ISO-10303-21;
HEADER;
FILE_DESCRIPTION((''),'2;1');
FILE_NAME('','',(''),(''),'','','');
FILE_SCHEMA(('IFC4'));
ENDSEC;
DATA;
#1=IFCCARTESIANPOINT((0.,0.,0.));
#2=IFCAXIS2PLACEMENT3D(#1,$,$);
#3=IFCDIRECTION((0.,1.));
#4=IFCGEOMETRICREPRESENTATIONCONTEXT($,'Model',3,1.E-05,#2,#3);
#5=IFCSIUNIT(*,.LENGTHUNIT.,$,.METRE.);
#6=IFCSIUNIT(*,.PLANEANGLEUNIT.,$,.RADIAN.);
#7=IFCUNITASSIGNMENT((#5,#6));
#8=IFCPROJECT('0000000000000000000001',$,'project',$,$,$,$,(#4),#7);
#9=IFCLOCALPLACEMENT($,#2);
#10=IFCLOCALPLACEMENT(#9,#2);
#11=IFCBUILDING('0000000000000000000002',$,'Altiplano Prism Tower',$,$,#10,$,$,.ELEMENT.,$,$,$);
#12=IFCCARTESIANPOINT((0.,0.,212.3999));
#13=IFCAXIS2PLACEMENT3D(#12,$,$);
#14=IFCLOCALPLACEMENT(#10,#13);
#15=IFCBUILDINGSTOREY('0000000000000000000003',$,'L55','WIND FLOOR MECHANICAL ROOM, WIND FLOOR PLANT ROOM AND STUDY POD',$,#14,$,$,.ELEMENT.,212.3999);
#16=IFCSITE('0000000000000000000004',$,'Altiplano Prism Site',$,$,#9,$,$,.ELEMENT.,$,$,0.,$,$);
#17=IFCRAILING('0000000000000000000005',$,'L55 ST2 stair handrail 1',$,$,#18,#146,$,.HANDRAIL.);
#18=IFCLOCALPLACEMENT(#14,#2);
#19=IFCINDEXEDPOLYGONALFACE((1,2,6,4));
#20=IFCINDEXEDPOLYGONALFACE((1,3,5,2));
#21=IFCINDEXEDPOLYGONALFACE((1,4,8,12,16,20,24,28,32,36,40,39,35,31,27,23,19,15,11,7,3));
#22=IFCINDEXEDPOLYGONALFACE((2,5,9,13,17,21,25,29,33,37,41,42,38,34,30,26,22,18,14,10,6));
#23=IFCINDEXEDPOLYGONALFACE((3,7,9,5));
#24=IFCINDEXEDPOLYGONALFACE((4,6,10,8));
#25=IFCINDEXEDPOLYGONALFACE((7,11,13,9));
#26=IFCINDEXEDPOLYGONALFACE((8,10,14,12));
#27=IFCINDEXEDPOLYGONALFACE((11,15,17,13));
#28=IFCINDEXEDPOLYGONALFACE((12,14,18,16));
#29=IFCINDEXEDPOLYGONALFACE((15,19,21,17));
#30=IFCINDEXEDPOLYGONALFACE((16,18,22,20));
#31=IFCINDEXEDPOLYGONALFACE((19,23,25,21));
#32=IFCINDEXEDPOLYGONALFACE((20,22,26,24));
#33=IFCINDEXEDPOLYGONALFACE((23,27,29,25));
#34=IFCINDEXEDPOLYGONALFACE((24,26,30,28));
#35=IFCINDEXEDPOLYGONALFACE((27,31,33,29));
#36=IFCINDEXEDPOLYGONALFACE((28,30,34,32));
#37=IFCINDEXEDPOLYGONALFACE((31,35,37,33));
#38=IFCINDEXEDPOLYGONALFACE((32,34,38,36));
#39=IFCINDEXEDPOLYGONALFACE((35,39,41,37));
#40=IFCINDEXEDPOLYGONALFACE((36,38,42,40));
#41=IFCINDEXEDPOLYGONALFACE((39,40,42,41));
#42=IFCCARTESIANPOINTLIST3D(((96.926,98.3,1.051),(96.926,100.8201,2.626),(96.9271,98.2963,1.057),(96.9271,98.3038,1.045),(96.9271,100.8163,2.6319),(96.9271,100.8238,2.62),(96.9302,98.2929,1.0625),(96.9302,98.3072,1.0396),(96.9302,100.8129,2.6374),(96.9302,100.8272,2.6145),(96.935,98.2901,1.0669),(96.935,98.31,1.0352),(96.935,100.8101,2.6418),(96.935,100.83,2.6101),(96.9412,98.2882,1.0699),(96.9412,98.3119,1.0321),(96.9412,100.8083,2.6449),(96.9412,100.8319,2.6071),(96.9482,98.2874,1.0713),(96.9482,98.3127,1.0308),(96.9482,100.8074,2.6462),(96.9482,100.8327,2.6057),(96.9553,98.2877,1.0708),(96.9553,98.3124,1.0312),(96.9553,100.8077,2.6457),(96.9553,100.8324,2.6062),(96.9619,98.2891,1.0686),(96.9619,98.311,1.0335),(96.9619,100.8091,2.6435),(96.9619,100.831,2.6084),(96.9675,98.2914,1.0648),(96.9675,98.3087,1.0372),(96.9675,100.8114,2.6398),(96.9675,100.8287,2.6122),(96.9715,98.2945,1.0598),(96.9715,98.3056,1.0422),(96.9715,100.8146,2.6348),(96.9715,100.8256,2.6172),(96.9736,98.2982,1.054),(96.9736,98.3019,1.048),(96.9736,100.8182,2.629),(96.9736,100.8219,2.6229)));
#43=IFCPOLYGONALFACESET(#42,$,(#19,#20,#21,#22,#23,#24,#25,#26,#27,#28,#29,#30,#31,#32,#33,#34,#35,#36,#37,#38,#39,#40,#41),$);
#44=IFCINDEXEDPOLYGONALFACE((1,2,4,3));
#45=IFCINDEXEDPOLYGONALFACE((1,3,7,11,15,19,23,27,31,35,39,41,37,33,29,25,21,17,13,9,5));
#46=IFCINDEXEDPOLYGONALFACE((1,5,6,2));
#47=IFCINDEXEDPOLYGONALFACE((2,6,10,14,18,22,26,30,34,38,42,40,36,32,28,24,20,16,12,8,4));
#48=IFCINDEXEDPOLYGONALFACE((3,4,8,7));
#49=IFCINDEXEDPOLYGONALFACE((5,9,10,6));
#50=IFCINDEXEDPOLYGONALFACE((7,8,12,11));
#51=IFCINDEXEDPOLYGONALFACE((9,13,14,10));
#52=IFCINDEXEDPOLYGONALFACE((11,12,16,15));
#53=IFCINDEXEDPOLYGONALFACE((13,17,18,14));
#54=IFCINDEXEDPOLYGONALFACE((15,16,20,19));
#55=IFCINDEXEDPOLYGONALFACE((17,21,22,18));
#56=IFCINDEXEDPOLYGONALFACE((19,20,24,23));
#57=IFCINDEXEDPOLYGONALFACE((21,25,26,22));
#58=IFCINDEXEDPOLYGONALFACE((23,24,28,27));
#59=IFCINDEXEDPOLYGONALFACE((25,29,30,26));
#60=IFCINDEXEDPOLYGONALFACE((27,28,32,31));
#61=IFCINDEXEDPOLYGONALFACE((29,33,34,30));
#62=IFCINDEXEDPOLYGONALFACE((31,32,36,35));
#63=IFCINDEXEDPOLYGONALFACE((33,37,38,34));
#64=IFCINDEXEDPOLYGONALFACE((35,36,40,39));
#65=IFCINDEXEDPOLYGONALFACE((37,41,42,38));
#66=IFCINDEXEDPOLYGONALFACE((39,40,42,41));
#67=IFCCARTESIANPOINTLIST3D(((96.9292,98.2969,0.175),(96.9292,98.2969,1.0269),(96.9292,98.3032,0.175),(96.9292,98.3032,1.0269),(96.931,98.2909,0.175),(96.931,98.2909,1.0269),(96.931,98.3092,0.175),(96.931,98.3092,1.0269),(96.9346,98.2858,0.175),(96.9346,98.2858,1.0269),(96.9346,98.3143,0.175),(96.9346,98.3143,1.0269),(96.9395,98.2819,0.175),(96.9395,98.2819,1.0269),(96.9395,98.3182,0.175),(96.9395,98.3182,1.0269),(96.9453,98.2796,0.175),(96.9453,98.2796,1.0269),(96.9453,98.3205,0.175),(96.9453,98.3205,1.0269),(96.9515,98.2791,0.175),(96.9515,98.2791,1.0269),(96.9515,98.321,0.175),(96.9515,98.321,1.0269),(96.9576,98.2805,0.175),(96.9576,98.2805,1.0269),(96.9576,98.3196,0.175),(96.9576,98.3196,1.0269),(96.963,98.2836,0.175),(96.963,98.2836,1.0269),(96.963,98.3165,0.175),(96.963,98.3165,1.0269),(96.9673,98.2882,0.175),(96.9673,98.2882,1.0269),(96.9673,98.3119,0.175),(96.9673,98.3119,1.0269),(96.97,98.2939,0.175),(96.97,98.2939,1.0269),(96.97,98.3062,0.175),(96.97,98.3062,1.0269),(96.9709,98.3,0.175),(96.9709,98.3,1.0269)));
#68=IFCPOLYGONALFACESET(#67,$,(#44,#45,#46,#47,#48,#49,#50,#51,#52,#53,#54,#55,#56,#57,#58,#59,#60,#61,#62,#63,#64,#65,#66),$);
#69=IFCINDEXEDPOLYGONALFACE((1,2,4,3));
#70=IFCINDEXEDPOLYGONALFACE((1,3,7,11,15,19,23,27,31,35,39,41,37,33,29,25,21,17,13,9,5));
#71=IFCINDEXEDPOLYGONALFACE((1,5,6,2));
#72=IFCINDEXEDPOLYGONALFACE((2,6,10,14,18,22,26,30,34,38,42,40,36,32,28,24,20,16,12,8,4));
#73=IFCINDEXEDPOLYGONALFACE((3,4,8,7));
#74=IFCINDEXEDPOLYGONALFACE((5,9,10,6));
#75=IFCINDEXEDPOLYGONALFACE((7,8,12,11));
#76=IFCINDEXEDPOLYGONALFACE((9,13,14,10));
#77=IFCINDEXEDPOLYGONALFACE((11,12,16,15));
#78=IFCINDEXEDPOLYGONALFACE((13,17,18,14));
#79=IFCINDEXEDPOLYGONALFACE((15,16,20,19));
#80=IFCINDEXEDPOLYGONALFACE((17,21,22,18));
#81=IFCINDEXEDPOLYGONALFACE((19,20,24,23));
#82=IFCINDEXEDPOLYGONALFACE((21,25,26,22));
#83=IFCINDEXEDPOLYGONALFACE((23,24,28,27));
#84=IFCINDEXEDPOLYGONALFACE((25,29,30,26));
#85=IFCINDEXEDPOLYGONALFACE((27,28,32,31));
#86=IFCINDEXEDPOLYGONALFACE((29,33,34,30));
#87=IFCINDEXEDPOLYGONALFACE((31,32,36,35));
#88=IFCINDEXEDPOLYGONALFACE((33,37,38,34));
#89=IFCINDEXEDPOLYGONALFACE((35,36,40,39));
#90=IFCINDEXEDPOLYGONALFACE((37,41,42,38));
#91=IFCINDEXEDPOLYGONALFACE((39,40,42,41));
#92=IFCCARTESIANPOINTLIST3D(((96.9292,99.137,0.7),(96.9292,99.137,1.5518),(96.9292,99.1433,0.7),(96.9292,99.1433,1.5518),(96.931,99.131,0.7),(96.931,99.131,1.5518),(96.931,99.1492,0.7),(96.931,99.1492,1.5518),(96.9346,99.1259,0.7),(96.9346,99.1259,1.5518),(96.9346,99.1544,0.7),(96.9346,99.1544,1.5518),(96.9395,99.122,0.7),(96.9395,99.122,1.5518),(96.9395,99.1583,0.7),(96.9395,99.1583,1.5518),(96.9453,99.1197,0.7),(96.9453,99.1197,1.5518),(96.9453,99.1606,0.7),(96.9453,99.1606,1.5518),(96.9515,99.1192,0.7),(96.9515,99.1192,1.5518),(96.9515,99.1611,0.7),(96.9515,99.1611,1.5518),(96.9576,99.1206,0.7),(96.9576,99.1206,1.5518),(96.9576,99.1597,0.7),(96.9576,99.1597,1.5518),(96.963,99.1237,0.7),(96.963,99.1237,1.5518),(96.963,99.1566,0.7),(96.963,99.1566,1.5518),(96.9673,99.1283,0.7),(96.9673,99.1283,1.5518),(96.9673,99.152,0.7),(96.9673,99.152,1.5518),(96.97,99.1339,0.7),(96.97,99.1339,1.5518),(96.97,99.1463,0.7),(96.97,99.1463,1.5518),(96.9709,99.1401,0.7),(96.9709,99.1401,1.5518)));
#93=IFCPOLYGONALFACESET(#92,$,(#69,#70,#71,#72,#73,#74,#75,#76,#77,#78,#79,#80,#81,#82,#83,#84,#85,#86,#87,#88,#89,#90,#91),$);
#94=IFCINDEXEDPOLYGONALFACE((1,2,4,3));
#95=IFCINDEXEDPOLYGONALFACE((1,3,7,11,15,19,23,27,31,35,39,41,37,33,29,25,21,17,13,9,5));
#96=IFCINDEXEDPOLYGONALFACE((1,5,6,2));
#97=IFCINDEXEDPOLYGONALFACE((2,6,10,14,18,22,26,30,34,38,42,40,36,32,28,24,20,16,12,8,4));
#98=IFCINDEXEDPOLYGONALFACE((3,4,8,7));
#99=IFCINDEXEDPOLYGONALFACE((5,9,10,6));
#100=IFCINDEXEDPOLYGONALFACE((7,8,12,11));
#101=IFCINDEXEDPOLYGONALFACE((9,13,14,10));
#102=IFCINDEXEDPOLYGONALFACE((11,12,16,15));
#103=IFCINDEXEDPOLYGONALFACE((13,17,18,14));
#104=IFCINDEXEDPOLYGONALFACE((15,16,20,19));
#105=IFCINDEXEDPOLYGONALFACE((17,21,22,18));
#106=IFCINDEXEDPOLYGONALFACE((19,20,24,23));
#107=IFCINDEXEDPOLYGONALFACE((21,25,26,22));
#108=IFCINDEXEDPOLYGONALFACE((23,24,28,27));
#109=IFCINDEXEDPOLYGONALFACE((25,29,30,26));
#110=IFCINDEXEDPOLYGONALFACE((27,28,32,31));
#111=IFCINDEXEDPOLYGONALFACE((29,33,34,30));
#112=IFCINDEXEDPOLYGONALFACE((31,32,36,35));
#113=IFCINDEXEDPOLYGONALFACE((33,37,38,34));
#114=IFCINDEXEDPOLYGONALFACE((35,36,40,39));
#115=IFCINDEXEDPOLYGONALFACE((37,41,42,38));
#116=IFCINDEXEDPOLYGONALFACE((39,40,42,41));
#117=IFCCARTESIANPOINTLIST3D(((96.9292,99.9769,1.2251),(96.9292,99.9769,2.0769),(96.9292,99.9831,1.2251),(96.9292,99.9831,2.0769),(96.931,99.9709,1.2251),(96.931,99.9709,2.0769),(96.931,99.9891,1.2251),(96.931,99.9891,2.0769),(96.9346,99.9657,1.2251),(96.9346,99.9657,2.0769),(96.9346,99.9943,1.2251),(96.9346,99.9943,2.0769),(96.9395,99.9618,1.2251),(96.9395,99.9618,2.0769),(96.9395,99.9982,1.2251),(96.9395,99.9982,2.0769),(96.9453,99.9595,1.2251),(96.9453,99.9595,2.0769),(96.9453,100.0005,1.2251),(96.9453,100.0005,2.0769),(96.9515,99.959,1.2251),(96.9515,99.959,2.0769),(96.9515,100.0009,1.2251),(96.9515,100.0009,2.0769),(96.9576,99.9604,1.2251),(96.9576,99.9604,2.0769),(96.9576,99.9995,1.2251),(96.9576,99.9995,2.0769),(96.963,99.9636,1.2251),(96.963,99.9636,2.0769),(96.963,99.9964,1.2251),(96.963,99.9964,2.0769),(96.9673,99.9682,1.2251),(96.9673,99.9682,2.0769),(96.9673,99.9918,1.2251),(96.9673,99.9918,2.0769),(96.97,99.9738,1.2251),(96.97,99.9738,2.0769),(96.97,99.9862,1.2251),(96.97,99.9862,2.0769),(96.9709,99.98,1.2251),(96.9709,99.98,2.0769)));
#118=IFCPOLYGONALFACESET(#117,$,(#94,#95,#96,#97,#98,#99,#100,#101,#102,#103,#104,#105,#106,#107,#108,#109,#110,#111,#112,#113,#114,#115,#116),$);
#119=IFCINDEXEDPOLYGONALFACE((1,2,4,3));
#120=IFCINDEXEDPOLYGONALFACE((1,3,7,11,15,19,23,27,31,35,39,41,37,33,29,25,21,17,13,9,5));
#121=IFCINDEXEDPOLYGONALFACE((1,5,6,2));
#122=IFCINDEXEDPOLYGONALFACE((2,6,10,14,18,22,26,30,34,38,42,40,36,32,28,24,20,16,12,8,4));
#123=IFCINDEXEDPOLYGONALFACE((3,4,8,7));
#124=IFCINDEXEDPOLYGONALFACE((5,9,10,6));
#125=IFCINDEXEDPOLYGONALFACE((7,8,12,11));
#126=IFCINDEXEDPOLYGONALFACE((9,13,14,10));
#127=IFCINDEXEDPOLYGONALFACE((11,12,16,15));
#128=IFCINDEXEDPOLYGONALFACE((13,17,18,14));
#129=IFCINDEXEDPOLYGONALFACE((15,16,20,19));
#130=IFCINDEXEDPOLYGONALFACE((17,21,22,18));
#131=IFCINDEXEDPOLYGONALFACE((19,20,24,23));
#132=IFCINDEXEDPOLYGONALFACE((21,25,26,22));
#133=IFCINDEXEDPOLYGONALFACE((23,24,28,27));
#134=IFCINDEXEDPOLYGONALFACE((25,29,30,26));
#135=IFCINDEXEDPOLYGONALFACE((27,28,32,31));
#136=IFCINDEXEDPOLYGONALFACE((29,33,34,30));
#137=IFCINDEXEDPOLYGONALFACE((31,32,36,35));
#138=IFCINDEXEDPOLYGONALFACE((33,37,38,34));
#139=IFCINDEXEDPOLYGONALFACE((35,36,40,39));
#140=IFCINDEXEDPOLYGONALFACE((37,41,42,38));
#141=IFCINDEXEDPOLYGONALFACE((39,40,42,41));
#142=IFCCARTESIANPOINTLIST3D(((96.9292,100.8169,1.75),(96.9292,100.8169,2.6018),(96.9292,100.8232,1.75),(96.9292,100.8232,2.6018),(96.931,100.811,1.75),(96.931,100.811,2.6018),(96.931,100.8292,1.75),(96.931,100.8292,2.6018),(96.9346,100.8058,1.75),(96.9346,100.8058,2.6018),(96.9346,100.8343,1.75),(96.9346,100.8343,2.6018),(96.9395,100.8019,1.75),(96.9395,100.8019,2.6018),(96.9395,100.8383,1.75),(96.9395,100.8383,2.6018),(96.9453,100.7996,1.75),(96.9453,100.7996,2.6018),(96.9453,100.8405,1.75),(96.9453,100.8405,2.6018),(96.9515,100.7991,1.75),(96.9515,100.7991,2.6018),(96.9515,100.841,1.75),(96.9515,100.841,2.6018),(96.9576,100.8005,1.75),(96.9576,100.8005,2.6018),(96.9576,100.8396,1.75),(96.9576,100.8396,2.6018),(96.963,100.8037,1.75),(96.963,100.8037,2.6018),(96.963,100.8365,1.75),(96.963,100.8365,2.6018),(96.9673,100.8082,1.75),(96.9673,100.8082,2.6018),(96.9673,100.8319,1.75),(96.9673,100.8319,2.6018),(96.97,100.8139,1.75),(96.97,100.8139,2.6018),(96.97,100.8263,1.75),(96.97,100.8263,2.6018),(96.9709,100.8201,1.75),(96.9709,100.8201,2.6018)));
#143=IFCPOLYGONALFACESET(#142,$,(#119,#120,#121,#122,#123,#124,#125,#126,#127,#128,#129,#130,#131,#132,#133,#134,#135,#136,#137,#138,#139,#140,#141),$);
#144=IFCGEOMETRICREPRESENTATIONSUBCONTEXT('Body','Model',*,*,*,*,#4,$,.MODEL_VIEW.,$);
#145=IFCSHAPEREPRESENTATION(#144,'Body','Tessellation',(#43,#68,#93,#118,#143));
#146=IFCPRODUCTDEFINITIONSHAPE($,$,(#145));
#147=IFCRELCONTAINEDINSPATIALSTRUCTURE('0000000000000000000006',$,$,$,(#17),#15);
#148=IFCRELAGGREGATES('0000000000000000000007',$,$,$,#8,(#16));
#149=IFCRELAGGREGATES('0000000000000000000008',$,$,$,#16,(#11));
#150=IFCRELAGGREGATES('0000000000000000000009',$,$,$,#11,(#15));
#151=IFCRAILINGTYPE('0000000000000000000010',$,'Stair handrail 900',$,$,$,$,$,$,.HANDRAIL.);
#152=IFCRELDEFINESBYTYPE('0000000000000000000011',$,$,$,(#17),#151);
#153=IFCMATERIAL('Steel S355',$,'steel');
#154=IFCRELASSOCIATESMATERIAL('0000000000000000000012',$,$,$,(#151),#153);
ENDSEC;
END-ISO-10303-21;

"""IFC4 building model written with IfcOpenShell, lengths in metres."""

from ifc_helpers import new_model, si_unit, direction, frame, origin, origin_2d, place, context, subcontext, project, spatial, circle, extrude, material, type_object, element, save


model = new_model("IFC4")

# Units and contexts
model_context = context("Model", 3, precision=1e-05, world=origin(), true_north=direction((0.0, 1.0)))
body_context = subcontext(model_context, "Body", "Model", "MODEL_VIEW")
ifc_project = project(units=[si_unit("LENGTHUNIT", "METRE"), si_unit("PLANEANGLEUNIT", "RADIAN")], contexts=[model_context])

# Site, building, storey
site_placement = place(None, origin())
site = spatial("IfcSite", under=ifc_project, at=site_placement, Name="Altiplano Prism Site", CompositionType="ELEMENT", RefElevation=0.0)
building_placement = place(site_placement, origin())
building = spatial("IfcBuilding", under=site, at=building_placement, Name="Altiplano Prism Tower", CompositionType="ELEMENT")
storey_placement = place(building_placement, frame((0.0, 0.0, 212.3999)))
storey = spatial("IfcBuildingStorey", under=building, at=storey_placement, Name="L55", Description="WIND FLOOR MECHANICAL ROOM, WIND FLOOR PLANT ROOM AND STUDY POD", CompositionType="ELEMENT", Elevation=212.3999)

# Shared definitions
ifc_material_1 = material(Name="Steel S355", Category="steel")

# Railing
railing_type_1 = type_object("IfcRailingType", Name="Stair handrail 900", PredefinedType="HANDRAIL", material=ifc_material_1)
railing_1_placement = place(storey_placement, frame((96.95, 98.3, 0.175)))
element("IfcRailing", 1, at=railing_1_placement, inside=storey, type_object=railing_type_1, Name="L55 ST2 stair handrail 1", PredefinedType="HANDRAIL", context=body_context, shape_type="SweptSolid", body=[
    extrude(circle(Radius=0.0239, at=origin_2d()), frame((0.0, 0.0, 0.876), z_axis=(0.0, 0.848008, 0.529984), x_axis=(-1.0, 0.0, 0.0)), (0.0, 0.0, 1.0), 2.9717),
    extrude(circle(Radius=0.021, at=origin_2d()), origin(), (0.0, 0.0, 1.0), 0.8518),
    extrude(circle(Radius=0.021, at=origin_2d()), frame((0.0, 0.8401, 0.5249)), (0.0, 0.0, 1.0), 0.8518),
    extrude(circle(Radius=0.021, at=origin_2d()), frame((0.0, 1.6799, 1.05)), (0.0, 0.0, 1.0), 0.8518),
    extrude(circle(Radius=0.021, at=origin_2d()), frame((0.0, 2.52, 1.575)), (0.0, 0.0, 1.0), 0.8518),
])

save(model, "model.ifc")
